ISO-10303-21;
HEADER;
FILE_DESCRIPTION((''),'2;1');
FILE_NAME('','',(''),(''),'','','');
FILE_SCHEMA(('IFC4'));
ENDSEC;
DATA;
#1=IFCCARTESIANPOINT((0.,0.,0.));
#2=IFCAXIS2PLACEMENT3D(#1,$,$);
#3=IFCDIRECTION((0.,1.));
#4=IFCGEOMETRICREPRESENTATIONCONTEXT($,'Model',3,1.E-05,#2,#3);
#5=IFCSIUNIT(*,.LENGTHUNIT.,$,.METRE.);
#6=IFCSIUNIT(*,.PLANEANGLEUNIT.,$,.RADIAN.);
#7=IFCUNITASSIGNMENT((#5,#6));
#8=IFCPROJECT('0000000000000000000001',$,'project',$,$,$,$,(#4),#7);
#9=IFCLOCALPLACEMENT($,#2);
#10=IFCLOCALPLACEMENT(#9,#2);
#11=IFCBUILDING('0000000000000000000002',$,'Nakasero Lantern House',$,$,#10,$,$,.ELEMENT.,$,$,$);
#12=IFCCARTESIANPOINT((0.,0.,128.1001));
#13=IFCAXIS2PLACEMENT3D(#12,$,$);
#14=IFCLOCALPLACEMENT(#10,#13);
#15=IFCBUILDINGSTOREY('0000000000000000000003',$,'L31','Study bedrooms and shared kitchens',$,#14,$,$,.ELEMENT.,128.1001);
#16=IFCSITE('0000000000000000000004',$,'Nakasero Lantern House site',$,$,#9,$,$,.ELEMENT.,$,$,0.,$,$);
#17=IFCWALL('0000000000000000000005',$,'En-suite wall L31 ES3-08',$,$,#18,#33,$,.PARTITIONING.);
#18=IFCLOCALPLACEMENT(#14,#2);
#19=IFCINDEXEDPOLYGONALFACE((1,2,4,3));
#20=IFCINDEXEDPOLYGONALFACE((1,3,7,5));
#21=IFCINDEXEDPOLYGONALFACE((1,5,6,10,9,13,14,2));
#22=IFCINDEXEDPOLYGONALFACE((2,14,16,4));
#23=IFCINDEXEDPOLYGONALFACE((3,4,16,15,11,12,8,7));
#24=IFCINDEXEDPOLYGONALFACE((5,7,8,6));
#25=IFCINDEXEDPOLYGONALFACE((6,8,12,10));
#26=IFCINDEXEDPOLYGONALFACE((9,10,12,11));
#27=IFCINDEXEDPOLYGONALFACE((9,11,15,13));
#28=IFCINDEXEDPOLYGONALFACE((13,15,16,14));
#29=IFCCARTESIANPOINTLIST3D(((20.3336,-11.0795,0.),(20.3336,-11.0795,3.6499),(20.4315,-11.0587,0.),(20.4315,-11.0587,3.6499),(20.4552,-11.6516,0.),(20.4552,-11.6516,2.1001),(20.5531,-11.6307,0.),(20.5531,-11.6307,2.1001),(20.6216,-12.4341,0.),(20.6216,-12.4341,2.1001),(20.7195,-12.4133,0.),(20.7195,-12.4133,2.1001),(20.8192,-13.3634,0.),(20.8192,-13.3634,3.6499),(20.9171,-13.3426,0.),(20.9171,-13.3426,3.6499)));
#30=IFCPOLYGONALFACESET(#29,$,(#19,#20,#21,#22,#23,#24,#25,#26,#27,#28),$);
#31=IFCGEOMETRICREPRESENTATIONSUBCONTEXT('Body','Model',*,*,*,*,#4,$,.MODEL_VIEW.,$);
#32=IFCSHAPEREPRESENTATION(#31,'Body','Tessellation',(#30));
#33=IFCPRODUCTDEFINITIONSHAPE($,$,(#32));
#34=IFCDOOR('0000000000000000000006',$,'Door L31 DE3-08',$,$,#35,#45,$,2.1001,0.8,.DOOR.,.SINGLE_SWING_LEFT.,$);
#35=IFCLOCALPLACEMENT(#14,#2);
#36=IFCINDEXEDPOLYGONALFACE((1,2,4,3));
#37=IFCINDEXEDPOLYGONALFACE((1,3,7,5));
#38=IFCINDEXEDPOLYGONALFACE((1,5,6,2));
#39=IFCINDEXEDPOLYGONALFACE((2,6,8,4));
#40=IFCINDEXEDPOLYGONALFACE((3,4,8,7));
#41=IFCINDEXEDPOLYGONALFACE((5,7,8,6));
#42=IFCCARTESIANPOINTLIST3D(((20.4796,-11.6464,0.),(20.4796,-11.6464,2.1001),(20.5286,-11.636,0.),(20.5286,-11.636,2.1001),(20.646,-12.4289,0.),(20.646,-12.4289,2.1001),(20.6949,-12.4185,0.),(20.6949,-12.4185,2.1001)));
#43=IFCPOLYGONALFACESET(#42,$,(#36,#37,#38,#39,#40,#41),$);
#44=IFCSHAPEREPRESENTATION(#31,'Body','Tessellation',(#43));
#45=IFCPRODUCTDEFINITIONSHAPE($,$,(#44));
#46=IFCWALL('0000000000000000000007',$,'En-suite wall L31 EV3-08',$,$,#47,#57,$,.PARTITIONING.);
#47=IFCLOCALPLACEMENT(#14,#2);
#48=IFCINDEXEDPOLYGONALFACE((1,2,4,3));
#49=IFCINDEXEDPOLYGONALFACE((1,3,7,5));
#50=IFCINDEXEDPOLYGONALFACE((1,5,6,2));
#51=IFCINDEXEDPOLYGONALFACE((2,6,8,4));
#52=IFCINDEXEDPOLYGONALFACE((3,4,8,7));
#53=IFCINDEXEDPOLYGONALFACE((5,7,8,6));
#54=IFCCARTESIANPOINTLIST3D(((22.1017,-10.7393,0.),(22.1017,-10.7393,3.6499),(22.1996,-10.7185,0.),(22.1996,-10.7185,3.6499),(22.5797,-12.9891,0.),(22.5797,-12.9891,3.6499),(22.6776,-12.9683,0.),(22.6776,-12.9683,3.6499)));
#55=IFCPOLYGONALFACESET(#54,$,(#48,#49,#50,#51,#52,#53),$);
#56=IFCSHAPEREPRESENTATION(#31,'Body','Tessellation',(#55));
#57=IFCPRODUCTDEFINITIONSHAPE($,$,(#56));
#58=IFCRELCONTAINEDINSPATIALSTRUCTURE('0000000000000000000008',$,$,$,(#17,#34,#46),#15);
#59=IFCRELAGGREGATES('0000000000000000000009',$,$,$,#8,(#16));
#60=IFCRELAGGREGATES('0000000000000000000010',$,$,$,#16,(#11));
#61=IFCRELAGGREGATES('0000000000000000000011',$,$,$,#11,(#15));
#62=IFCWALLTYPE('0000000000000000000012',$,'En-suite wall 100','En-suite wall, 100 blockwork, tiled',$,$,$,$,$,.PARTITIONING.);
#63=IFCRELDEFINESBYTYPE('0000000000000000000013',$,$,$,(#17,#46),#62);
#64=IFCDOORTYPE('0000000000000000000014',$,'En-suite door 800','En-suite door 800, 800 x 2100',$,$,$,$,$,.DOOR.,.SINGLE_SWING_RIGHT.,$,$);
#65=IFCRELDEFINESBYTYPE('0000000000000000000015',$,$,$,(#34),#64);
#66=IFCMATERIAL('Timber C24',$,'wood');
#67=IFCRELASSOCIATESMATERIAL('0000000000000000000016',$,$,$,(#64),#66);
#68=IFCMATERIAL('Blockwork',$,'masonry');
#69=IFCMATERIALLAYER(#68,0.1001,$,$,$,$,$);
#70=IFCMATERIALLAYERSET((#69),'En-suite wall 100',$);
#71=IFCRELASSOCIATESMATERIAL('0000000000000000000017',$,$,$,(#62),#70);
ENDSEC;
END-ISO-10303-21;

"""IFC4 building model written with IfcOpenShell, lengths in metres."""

from ifc_helpers import new_model, si_unit, direction, frame, frame_2d, origin, place, context, subcontext, project, spatial, rectangle, extrude, material, layer, layer_set, type_object, element, fill, save


model = new_model("IFC4")

# Units and contexts
model_context = context("Model", 3, precision=1e-05, world=origin(), true_north=direction((0.0, 1.0)))
body_context = subcontext(model_context, "Body", "Model", "MODEL_VIEW")
ifc_project = project(units=[si_unit("LENGTHUNIT", "METRE"), si_unit("PLANEANGLEUNIT", "RADIAN")], contexts=[model_context])

# Site, building, storey
site_placement = place(None, origin())
site = spatial("IfcSite", under=ifc_project, at=site_placement, Name="Nakasero Lantern House site", CompositionType="ELEMENT", RefElevation=0.0)
building_placement = place(site_placement, origin())
building = spatial("IfcBuilding", under=site, at=building_placement, Name="Nakasero Lantern House", CompositionType="ELEMENT")
storey_placement = place(building_placement, frame((0.0, 0.0, 128.1001)))
storey = spatial("IfcBuildingStorey", under=building, at=storey_placement, Name="L31", Description="Study bedrooms and shared kitchens", CompositionType="ELEMENT", Elevation=128.1001)

# Shared definitions
ifc_material_1 = material(Name="Timber C24", Category="wood")
door_type_1 = type_object("IfcDoorType", Name="En-suite door 800", Description="En-suite door 800, 800 x 2100", OperationType="SINGLE_SWING_RIGHT", PredefinedType="DOOR", material=ifc_material_1)

# Shared definitions
ifc_material_2 = material(Name="Blockwork", Category="masonry")
ifc_layer_1 = layer(ifc_material_2, 0.1001)
ifc_layer_set_1 = layer_set([ifc_layer_1], Name="En-suite wall 100")
wall_type_1 = type_object("IfcWallType", Name="En-suite wall 100", Description="En-suite wall, 100 blockwork, tiled", PredefinedType="PARTITIONING", material=ifc_layer_set_1)

# Wall, opening, door
wall_1_placement = place(storey_placement, frame((20.3826, -11.0691, 0.0), z_axis=(0.0, 0.0, 1.0), x_axis=(0.207965, -0.978136, 0.0)))
wall_1 = element("IfcWall", 1, at=wall_1_placement, inside=storey, type_object=wall_type_1, Name="En-suite wall L31 ES3-08", PredefinedType="PARTITIONING", context=body_context, shape_type="SweptSolid", body=[
    extrude(rectangle(XDim=2.335, YDim=0.1001, at=frame_2d((1.1675, 0.0))), origin(), (0.0, 0.0, 1.0), 3.6499),
])
opening_1_placement = place(wall_1_placement, frame((0.585, 0.0, 0.0)))
opening_1 = element("IfcOpeningElement", 2, at=opening_1_placement, cuts=wall_1, PredefinedType="OPENING", context=body_context, shape_type="SweptSolid", body=[
    extrude(rectangle(XDim=0.8, YDim=2.1001, at=frame_2d((0.3999, 1.05))), frame((0.0, 0.0701, 0.0), z_axis=(0.0, -1.0, 0.0), x_axis=(1.0, 0.0, 0.0)), (0.0, 0.0, 1.0), 0.1401),
])
door_1_placement = place(opening_1_placement, origin())
door_1 = element("IfcDoor", 3, at=door_1_placement, inside=storey, type_object=door_type_1, Name="Door L31 DE3-08", OperationType="SINGLE_SWING_LEFT", OverallHeight=2.1001, OverallWidth=0.8, PredefinedType="DOOR", context=body_context, shape_type="SweptSolid", body=[
    extrude(rectangle(XDim=0.8, YDim=2.1001, at=frame_2d((0.3999, 1.05))), frame((0.0, 0.0249, 0.0), z_axis=(0.0, -1.0, 0.0), x_axis=(1.0, 0.0, 0.0)), (0.0, 0.0, 1.0), 0.05),
])
fill(opening_1, door_1)

# Wall
wall_2_placement = place(storey_placement, frame((22.1506, -10.729, 0.0), z_axis=(0.0, 0.0, 1.0), x_axis=(0.20784, -0.978163, 0.0)))
element("IfcWall", 4, at=wall_2_placement, inside=storey, type_object=wall_type_1, Name="En-suite wall L31 EV3-08", PredefinedType="PARTITIONING", context=body_context, shape_type="SweptSolid", body=[
    extrude(rectangle(XDim=2.3, YDim=0.1001, at=frame_2d((1.1499, 0.0))), origin(), (0.0, 0.0, 1.0), 3.6499),
])

save(model, "model.ifc")
